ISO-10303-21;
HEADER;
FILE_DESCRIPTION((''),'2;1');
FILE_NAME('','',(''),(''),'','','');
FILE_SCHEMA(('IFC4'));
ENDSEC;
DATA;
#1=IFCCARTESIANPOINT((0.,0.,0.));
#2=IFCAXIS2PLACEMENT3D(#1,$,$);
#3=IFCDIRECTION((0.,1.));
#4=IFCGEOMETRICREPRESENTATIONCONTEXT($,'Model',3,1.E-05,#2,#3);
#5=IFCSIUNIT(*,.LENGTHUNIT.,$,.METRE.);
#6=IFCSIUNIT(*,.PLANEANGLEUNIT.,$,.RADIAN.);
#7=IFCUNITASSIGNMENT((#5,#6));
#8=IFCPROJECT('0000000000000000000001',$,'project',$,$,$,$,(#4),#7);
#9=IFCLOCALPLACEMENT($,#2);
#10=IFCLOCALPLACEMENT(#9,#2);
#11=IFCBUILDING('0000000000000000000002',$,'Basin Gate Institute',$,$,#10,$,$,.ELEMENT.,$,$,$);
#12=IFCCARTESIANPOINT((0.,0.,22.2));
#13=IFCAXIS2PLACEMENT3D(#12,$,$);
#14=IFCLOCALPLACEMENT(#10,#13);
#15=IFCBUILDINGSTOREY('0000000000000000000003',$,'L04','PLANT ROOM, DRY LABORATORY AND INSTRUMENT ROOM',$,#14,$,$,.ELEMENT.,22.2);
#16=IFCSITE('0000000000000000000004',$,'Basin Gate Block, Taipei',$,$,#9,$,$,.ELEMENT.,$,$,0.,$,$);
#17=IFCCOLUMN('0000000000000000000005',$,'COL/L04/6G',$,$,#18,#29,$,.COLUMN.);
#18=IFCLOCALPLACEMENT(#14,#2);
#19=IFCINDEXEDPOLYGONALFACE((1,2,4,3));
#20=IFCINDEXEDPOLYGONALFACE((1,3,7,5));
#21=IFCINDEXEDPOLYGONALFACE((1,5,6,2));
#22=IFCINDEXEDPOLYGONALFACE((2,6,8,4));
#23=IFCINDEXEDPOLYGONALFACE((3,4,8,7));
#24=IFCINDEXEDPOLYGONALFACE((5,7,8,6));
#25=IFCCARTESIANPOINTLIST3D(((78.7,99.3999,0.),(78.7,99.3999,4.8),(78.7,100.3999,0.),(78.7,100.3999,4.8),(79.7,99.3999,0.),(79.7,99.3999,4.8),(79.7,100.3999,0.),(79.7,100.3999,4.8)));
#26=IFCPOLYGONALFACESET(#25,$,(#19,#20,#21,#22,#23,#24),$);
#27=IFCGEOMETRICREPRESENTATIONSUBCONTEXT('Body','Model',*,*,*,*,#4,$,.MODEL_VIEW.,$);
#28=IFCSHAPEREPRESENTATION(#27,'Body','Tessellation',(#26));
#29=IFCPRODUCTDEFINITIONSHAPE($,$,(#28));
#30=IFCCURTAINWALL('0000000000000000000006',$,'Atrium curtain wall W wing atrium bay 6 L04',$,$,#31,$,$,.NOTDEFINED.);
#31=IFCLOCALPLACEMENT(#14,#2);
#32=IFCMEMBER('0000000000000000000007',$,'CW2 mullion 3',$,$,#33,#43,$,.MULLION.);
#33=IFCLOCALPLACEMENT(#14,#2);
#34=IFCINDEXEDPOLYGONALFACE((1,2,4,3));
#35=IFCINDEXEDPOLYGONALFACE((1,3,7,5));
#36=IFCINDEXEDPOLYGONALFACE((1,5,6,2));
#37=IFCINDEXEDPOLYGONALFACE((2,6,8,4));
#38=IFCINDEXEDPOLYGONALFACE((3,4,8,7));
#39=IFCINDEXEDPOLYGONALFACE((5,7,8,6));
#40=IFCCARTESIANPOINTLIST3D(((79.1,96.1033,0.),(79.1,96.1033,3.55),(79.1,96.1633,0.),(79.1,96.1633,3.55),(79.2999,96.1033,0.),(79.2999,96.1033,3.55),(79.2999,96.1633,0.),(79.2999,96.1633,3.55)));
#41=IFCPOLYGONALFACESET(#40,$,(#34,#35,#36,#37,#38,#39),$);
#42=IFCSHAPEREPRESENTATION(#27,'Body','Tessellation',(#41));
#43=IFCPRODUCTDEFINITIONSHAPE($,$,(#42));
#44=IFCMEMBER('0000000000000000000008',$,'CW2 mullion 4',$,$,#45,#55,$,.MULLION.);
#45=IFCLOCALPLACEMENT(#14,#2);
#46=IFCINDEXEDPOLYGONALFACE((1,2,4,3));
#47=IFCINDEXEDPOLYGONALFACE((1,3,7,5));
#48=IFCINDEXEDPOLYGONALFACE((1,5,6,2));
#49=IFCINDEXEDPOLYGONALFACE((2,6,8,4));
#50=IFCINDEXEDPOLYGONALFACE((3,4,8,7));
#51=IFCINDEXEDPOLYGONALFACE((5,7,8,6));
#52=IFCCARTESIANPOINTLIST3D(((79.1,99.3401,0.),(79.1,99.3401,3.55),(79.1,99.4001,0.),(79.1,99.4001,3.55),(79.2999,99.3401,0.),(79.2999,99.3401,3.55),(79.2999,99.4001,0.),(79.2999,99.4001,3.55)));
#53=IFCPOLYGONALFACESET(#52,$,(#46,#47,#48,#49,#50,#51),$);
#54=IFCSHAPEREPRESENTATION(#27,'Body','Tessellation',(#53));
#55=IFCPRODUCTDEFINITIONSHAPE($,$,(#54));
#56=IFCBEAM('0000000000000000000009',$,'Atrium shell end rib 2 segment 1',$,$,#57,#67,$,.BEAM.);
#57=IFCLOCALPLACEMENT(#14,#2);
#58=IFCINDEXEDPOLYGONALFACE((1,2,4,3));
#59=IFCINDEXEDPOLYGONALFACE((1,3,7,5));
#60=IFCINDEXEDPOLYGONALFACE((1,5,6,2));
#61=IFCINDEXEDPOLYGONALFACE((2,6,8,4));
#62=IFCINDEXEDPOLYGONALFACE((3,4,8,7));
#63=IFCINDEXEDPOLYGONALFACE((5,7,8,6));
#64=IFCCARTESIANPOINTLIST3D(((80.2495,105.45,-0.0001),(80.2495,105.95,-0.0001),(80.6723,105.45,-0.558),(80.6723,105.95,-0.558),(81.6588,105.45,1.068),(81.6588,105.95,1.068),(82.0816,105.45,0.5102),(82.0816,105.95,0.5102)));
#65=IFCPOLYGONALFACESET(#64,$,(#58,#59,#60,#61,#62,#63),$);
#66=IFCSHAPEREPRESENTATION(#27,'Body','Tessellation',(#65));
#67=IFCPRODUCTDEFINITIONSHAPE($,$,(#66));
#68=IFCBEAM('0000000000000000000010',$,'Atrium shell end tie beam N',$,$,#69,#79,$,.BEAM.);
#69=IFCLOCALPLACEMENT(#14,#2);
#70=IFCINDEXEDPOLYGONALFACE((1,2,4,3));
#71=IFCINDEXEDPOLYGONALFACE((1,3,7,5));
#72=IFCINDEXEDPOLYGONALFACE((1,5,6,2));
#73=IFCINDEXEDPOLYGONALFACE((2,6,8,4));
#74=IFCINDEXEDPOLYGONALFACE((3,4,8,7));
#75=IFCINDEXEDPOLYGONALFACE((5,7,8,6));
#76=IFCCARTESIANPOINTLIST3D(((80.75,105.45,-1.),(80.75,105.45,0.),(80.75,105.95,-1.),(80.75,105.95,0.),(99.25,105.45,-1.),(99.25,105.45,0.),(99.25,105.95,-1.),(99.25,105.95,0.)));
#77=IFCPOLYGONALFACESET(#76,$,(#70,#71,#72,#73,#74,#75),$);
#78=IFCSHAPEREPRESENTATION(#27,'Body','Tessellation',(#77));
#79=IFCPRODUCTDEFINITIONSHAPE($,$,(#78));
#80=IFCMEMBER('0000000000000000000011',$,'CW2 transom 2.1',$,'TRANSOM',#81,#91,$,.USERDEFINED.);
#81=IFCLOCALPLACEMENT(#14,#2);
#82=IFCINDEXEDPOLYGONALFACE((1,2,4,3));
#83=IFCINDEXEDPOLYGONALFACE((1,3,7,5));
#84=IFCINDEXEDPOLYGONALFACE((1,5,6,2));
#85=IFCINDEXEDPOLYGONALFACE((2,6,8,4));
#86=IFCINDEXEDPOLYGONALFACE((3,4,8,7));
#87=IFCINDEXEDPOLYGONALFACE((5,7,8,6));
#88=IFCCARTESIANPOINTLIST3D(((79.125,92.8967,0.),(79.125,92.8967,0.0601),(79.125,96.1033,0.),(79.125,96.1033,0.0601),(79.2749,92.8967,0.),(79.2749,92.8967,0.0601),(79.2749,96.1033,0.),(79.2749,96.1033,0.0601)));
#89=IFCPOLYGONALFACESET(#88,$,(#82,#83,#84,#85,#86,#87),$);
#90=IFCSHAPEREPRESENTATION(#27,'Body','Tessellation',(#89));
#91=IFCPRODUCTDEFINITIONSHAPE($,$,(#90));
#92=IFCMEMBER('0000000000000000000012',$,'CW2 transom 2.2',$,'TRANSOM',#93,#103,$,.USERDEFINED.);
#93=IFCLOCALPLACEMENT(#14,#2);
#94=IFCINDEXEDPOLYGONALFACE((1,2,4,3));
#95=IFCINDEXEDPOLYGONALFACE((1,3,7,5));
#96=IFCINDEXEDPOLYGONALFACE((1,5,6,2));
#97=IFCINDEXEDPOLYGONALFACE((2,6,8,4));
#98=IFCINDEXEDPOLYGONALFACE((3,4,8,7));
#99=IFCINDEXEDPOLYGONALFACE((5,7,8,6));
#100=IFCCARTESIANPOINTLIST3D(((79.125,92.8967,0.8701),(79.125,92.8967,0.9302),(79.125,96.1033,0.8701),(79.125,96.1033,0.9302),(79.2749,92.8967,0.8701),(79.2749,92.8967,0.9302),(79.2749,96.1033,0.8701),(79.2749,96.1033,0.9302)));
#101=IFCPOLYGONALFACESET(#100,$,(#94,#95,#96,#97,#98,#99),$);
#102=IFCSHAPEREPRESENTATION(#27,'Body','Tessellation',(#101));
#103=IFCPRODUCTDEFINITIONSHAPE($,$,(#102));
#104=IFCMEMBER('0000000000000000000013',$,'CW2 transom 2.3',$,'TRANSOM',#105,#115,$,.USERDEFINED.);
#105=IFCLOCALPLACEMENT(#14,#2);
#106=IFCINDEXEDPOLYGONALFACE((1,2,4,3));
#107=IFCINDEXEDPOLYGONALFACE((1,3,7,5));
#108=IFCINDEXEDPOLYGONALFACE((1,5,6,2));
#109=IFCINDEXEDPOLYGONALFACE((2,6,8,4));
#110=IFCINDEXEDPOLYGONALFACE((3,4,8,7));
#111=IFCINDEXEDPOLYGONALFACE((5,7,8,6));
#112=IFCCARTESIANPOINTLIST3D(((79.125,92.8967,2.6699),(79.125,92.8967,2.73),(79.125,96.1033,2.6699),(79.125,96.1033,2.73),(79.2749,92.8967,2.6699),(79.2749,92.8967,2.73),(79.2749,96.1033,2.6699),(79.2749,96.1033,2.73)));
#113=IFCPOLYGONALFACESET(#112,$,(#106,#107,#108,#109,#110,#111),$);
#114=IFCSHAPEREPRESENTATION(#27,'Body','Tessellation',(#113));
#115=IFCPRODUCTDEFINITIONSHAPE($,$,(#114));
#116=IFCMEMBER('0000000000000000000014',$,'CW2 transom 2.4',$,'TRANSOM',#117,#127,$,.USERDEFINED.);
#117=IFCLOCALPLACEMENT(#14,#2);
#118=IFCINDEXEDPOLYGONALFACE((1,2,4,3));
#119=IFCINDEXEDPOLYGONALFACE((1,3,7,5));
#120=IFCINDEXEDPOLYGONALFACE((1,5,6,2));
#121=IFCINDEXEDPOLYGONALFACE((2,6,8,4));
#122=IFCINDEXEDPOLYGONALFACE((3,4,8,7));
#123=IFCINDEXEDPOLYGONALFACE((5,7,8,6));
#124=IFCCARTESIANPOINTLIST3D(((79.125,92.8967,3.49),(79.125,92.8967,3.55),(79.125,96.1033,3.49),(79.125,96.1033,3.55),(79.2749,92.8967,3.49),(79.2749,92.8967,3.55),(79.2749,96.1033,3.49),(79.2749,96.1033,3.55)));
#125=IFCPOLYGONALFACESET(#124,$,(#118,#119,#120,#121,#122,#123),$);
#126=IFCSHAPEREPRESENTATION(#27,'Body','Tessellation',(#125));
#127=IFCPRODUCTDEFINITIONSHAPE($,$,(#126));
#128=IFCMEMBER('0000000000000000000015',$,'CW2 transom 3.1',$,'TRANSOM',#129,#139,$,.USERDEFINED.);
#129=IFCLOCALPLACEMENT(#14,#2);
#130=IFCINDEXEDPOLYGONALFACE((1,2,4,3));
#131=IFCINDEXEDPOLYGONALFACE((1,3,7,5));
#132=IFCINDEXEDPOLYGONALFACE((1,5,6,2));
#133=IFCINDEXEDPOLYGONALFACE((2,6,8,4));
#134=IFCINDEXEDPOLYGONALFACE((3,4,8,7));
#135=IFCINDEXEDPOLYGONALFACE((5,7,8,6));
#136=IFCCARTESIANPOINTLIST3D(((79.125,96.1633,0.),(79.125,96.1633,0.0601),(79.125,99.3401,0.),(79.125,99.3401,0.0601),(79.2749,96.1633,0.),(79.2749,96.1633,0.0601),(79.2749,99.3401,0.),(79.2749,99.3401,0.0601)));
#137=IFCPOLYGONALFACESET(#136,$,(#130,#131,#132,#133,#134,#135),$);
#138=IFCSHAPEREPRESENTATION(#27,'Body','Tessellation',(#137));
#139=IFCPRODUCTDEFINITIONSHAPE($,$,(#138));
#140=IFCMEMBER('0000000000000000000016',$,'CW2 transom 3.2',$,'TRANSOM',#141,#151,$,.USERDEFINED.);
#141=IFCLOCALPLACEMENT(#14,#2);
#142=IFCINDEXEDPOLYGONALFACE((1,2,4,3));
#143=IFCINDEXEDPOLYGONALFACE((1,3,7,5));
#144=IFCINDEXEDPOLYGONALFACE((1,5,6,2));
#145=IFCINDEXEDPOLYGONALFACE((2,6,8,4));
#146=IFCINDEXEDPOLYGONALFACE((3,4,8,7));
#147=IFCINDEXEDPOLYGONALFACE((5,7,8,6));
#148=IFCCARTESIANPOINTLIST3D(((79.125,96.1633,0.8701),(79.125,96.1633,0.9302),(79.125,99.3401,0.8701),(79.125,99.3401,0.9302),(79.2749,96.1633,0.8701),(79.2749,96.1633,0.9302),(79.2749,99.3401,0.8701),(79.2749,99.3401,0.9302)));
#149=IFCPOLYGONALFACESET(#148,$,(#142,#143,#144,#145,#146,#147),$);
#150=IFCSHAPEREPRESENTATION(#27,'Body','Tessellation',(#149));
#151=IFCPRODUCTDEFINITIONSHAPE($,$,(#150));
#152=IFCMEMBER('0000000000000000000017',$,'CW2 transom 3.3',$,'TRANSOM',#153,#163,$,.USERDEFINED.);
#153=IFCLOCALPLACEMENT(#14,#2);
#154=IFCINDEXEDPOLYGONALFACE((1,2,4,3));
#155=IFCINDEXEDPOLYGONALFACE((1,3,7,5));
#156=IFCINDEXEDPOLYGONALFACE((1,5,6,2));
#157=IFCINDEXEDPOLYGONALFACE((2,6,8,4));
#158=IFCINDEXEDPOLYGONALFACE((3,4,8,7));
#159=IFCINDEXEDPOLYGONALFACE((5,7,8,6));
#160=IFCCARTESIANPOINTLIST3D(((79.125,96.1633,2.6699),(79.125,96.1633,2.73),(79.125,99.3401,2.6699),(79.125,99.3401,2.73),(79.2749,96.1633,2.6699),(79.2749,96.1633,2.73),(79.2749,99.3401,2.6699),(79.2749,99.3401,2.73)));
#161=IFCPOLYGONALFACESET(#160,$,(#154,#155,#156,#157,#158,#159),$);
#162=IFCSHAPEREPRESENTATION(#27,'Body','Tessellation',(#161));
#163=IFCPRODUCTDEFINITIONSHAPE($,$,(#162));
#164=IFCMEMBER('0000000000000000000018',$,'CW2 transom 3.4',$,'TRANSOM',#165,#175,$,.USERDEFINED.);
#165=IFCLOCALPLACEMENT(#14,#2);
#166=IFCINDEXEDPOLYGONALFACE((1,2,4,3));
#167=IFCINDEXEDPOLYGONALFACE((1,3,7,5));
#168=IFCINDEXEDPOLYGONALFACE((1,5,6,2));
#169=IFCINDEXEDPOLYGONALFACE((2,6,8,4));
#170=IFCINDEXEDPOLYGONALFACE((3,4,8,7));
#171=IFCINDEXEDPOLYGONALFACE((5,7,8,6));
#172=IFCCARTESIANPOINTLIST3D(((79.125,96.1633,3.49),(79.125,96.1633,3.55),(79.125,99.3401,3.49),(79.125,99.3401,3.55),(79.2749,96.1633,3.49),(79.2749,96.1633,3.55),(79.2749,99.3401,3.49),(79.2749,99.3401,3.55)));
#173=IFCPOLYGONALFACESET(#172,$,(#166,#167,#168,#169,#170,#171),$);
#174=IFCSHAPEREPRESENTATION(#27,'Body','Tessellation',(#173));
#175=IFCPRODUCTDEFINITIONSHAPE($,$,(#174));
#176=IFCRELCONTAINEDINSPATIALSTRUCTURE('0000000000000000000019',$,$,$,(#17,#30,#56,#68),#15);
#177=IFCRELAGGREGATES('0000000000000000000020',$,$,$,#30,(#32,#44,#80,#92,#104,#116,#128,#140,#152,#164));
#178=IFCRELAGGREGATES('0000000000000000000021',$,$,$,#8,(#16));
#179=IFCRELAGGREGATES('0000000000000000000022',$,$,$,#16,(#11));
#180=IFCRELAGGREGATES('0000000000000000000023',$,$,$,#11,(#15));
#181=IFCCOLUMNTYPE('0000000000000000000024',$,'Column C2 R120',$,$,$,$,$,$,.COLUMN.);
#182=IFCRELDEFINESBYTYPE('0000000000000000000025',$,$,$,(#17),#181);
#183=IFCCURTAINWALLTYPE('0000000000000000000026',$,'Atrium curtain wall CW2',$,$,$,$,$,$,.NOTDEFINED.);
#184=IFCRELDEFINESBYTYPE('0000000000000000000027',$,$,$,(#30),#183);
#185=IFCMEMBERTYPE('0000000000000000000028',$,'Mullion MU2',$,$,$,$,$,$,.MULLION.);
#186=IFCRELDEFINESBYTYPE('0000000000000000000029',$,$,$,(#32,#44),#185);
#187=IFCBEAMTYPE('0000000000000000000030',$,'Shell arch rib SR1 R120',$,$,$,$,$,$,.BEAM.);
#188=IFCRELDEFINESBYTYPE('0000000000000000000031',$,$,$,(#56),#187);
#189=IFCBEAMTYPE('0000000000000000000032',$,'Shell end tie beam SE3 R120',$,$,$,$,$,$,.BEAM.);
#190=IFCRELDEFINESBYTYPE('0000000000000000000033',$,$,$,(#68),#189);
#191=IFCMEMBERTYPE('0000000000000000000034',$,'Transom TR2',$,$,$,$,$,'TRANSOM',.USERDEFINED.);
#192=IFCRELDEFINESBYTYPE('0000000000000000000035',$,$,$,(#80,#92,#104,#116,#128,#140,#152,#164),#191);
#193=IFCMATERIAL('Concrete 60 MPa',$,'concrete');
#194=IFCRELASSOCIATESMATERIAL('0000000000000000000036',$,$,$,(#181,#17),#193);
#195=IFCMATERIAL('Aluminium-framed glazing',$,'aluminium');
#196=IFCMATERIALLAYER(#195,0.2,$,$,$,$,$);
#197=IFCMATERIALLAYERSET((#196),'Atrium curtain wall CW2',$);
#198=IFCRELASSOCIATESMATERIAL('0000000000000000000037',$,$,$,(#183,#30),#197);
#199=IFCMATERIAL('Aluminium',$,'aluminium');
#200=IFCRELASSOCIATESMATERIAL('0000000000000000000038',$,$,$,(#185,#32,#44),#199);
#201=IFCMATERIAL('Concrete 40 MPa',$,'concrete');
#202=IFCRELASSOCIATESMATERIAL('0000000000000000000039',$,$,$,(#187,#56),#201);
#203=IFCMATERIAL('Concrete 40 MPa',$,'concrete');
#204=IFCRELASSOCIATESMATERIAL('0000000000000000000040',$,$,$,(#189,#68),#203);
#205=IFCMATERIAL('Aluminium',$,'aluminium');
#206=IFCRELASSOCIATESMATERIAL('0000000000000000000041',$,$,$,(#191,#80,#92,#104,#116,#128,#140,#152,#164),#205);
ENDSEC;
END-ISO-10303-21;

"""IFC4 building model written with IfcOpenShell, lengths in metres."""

from ifc_helpers import new_model, si_unit, direction, frame, origin, origin_2d, place, context, subcontext, project, spatial, rectangle, extrude, material, layer, layer_set, material_profile, profile_set, type_object, element, aggregate, save


model = new_model("IFC4")

# Units and contexts
model_context = context("Model", 3, precision=1e-05, world=origin(), true_north=direction((0.0, 1.0)))
body_context = subcontext(model_context, "Body", "Model", "MODEL_VIEW")
ifc_project = project(units=[si_unit("LENGTHUNIT", "METRE"), si_unit("PLANEANGLEUNIT", "RADIAN")], contexts=[model_context])

# Site, building, storey
site_placement = place(None, origin())
site = spatial("IfcSite", under=ifc_project, at=site_placement, Name="Basin Gate Block, Taipei", CompositionType="ELEMENT", RefElevation=0.0)
building_placement = place(site_placement, origin())
building = spatial("IfcBuilding", under=site, at=building_placement, Name="Basin Gate Institute", CompositionType="ELEMENT")
storey_placement = place(building_placement, frame((0.0, 0.0, 22.2)))
storey = spatial("IfcBuildingStorey", under=building, at=storey_placement, Name="L04", Description="PLANT ROOM, DRY LABORATORY AND INSTRUMENT ROOM", CompositionType="ELEMENT", Elevation=22.2)

# Column
ifc_material_1 = material(Name="Concrete 60 MPa", Category="concrete")
ifc_material_profile_1 = material_profile(ifc_material_1, rectangle(XDim=1.0, YDim=1.0, at=origin_2d()), Name="Column C2 1000 x 1000")
ifc_profile_set_1 = profile_set([ifc_material_profile_1], Name="Concrete 60 MPa")
column_type = type_object("IfcColumnType", Name="Column C2 R120", PredefinedType="COLUMN", material=ifc_profile_set_1)
column_placement = place(storey_placement, frame((79.2, 99.8999, 0.0), z_axis=(0.0, 0.0, 1.0), x_axis=(1.0, 0.0, 0.0)))
element("IfcColumn", 1, at=column_placement, inside=storey, type_object=column_type, material=ifc_profile_set_1, Name="COL/L04/6G", PredefinedType="COLUMN", context=body_context, shape_type="SweptSolid", body=[
    extrude(rectangle(XDim=1.0, YDim=1.0, at=origin_2d()), origin(), (0.0, 0.0, 1.0), 4.8),
])

# Curtain wall, members
ifc_material_2 = material(Name="Aluminium-framed glazing", Category="aluminium")
ifc_layer_1 = layer(ifc_material_2, 0.2)
ifc_layer_set_1 = layer_set([ifc_layer_1], Name="Atrium curtain wall CW2")
curtain_wall_type = type_object("IfcCurtainWallType", Name="Atrium curtain wall CW2", PredefinedType="NOTDEFINED", material=ifc_layer_set_1)
curtain_wall_placement = place(storey_placement, origin())
curtain_wall = element("IfcCurtainWall", 2, at=curtain_wall_placement, inside=storey, type_object=curtain_wall_type, material=ifc_layer_set_1, Name="Atrium curtain wall W wing atrium bay 6 L04", PredefinedType="NOTDEFINED")
ifc_material_3 = material(Name="Aluminium", Category="aluminium")
ifc_material_profile_2 = material_profile(ifc_material_3, rectangle(XDim=0.2, YDim=0.0601, at=origin_2d()), Name="Mullion MU2 200 x 60")
ifc_profile_set_2 = profile_set([ifc_material_profile_2], Name="Aluminium")
member_type_1 = type_object("IfcMemberType", Name="Mullion MU2", PredefinedType="MULLION", material=ifc_profile_set_2)
member_1_placement = place(storey_placement, frame((79.2, 96.1333, 0.0), z_axis=(0.0, 0.0, 1.0), x_axis=(-1.0, 0.0, 0.0)))
member_1 = element("IfcMember", 3, at=member_1_placement, type_object=member_type_1, material=ifc_profile_set_2, Name="CW2 mullion 3", PredefinedType="MULLION", context=body_context, shape_type="SweptSolid", body=[
    extrude(rectangle(XDim=0.2, YDim=0.0601, at=origin_2d()), origin(), (0.0, 0.0, 1.0), 3.55),
])
member_2_placement = place(storey_placement, frame((79.2, 99.3701, 0.0), z_axis=(0.0, 0.0, 1.0), x_axis=(-1.0, 0.0, 0.0)))
member_2 = element("IfcMember", 4, at=member_2_placement, type_object=member_type_1, material=ifc_profile_set_2, Name="CW2 mullion 4", PredefinedType="MULLION", context=body_context, shape_type="SweptSolid", body=[
    extrude(rectangle(XDim=0.2, YDim=0.0601, at=origin_2d()), origin(), (0.0, 0.0, 1.0), 3.55),
])

# Beams
ifc_material_4 = material(Name="Concrete 40 MPa", Category="concrete")
ifc_material_profile_3 = material_profile(ifc_material_4, rectangle(XDim=0.5, YDim=0.7, at=origin_2d()), Name="Shell arch rib SR1 500 x 700")
ifc_profile_set_3 = profile_set([ifc_material_profile_3], Name="Concrete 40 MPa")
beam_type_1 = type_object("IfcBeamType", Name="Shell arch rib SR1 R120", PredefinedType="BEAM", material=ifc_profile_set_3)
beam_1_placement = place(storey_placement, frame((80.4609, 105.7, -0.2791), z_axis=(0.796941, 0.0, 0.604057), x_axis=(0.0, 1.0, 0.0)))
element("IfcBeam", 5, at=beam_1_placement, inside=storey, type_object=beam_type_1, material=ifc_profile_set_3, Name="Atrium shell end rib 2 segment 1", PredefinedType="BEAM", context=body_context, shape_type="SweptSolid", body=[
    extrude(rectangle(XDim=0.5, YDim=0.7, at=origin_2d()), origin(), (0.0, 0.0, 1.0), 1.7683),
])
ifc_material_5 = material(Name="Concrete 40 MPa", Category="concrete")
ifc_material_profile_4 = material_profile(ifc_material_5, rectangle(XDim=0.5, YDim=1.0, at=origin_2d()), Name="Shell end tie beam SE3 500 x 1000")
ifc_profile_set_4 = profile_set([ifc_material_profile_4], Name="Concrete 40 MPa")
beam_type_2 = type_object("IfcBeamType", Name="Shell end tie beam SE3 R120", PredefinedType="BEAM", material=ifc_profile_set_4)
beam_2_placement = place(storey_placement, frame((80.75, 105.7, -0.5), z_axis=(1.0, 0.0, 0.0), x_axis=(0.0, 1.0, 0.0)))
element("IfcBeam", 6, at=beam_2_placement, inside=storey, type_object=beam_type_2, material=ifc_profile_set_4, Name="Atrium shell end tie beam N", PredefinedType="BEAM", context=body_context, shape_type="SweptSolid", body=[
    extrude(rectangle(XDim=0.5, YDim=1.0, at=origin_2d()), origin(), (0.0, 0.0, 1.0), 18.5),
])

# Members
ifc_material_6 = material(Name="Aluminium", Category="aluminium")
ifc_material_profile_5 = material_profile(ifc_material_6, rectangle(XDim=0.1499, YDim=0.0601, at=origin_2d()), Name="Transom TR2 150 x 60")
ifc_profile_set_5 = profile_set([ifc_material_profile_5], Name="Aluminium")
member_type_2 = type_object("IfcMemberType", Name="Transom TR2", ElementType="TRANSOM", PredefinedType="USERDEFINED", material=ifc_profile_set_5)
member_3_placement = place(storey_placement, frame((79.2, 92.8967, 0.03), z_axis=(0.0, 1.0, 0.0), x_axis=(-1.0, 0.0, 0.0)))
member_3 = element("IfcMember", 7, at=member_3_placement, type_object=member_type_2, material=ifc_profile_set_5, Name="CW2 transom 2.1", ObjectType="TRANSOM", PredefinedType="USERDEFINED", context=body_context, shape_type="SweptSolid", body=[
    extrude(rectangle(XDim=0.1499, YDim=0.0601, at=origin_2d()), origin(), (0.0, 0.0, 1.0), 3.2065),
])
member_4_placement = place(storey_placement, frame((79.2, 92.8967, 0.9001), z_axis=(0.0, 1.0, 0.0), x_axis=(-1.0, 0.0, 0.0)))
member_4 = element("IfcMember", 8, at=member_4_placement, type_object=member_type_2, material=ifc_profile_set_5, Name="CW2 transom 2.2", ObjectType="TRANSOM", PredefinedType="USERDEFINED", context=body_context, shape_type="SweptSolid", body=[
    extrude(rectangle(XDim=0.1499, YDim=0.0601, at=origin_2d()), origin(), (0.0, 0.0, 1.0), 3.2065),
])
member_5_placement = place(storey_placement, frame((79.2, 92.8967, 2.7), z_axis=(0.0, 1.0, 0.0), x_axis=(-1.0, 0.0, 0.0)))
member_5 = element("IfcMember", 9, at=member_5_placement, type_object=member_type_2, material=ifc_profile_set_5, Name="CW2 transom 2.3", ObjectType="TRANSOM", PredefinedType="USERDEFINED", context=body_context, shape_type="SweptSolid", body=[
    extrude(rectangle(XDim=0.1499, YDim=0.0601, at=origin_2d()), origin(), (0.0, 0.0, 1.0), 3.2065),
])
member_6_placement = place(storey_placement, frame((79.2, 92.8967, 3.52), z_axis=(0.0, 1.0, 0.0), x_axis=(-1.0, 0.0, 0.0)))
member_6 = element("IfcMember", 10, at=member_6_placement, type_object=member_type_2, material=ifc_profile_set_5, Name="CW2 transom 2.4", ObjectType="TRANSOM", PredefinedType="USERDEFINED", context=body_context, shape_type="SweptSolid", body=[
    extrude(rectangle(XDim=0.1499, YDim=0.0601, at=origin_2d()), origin(), (0.0, 0.0, 1.0), 3.2065),
])
member_7_placement = place(storey_placement, frame((79.2, 96.1633, 0.03), z_axis=(0.0, 1.0, 0.0), x_axis=(-1.0, 0.0, 0.0)))
member_7 = element("IfcMember", 11, at=member_7_placement, type_object=member_type_2, material=ifc_profile_set_5, Name="CW2 transom 3.1", ObjectType="TRANSOM", PredefinedType="USERDEFINED", context=body_context, shape_type="SweptSolid", body=[
    extrude(rectangle(XDim=0.1499, YDim=0.0601, at=origin_2d()), origin(), (0.0, 0.0, 1.0), 3.1768),
])
member_8_placement = place(storey_placement, frame((79.2, 96.1633, 0.9001), z_axis=(0.0, 1.0, 0.0), x_axis=(-1.0, 0.0, 0.0)))
member_8 = element("IfcMember", 12, at=member_8_placement, type_object=member_type_2, material=ifc_profile_set_5, Name="CW2 transom 3.2", ObjectType="TRANSOM", PredefinedType="USERDEFINED", context=body_context, shape_type="SweptSolid", body=[
    extrude(rectangle(XDim=0.1499, YDim=0.0601, at=origin_2d()), origin(), (0.0, 0.0, 1.0), 3.1768),
])
member_9_placement = place(storey_placement, frame((79.2, 96.1633, 2.7), z_axis=(0.0, 1.0, 0.0), x_axis=(-1.0, 0.0, 0.0)))
member_9 = element("IfcMember", 13, at=member_9_placement, type_object=member_type_2, material=ifc_profile_set_5, Name="CW2 transom 3.3", ObjectType="TRANSOM", PredefinedType="USERDEFINED", context=body_context, shape_type="SweptSolid", body=[
    extrude(rectangle(XDim=0.1499, YDim=0.0601, at=origin_2d()), origin(), (0.0, 0.0, 1.0), 3.1768),
])
member_10_placement = place(storey_placement, frame((79.2, 96.1633, 3.52), z_axis=(0.0, 1.0, 0.0), x_axis=(-1.0, 0.0, 0.0)))
member_10 = element("IfcMember", 14, at=member_10_placement, type_object=member_type_2, material=ifc_profile_set_5, Name="CW2 transom 3.4", ObjectType="TRANSOM", PredefinedType="USERDEFINED", context=body_context, shape_type="SweptSolid", body=[
    extrude(rectangle(XDim=0.1499, YDim=0.0601, at=origin_2d()), origin(), (0.0, 0.0, 1.0), 3.1768),
])

aggregate(curtain_wall, [member_1, member_2, member_3, member_4, member_5, member_6, member_7, member_8, member_9, member_10])

save(model, "model.ifc")
